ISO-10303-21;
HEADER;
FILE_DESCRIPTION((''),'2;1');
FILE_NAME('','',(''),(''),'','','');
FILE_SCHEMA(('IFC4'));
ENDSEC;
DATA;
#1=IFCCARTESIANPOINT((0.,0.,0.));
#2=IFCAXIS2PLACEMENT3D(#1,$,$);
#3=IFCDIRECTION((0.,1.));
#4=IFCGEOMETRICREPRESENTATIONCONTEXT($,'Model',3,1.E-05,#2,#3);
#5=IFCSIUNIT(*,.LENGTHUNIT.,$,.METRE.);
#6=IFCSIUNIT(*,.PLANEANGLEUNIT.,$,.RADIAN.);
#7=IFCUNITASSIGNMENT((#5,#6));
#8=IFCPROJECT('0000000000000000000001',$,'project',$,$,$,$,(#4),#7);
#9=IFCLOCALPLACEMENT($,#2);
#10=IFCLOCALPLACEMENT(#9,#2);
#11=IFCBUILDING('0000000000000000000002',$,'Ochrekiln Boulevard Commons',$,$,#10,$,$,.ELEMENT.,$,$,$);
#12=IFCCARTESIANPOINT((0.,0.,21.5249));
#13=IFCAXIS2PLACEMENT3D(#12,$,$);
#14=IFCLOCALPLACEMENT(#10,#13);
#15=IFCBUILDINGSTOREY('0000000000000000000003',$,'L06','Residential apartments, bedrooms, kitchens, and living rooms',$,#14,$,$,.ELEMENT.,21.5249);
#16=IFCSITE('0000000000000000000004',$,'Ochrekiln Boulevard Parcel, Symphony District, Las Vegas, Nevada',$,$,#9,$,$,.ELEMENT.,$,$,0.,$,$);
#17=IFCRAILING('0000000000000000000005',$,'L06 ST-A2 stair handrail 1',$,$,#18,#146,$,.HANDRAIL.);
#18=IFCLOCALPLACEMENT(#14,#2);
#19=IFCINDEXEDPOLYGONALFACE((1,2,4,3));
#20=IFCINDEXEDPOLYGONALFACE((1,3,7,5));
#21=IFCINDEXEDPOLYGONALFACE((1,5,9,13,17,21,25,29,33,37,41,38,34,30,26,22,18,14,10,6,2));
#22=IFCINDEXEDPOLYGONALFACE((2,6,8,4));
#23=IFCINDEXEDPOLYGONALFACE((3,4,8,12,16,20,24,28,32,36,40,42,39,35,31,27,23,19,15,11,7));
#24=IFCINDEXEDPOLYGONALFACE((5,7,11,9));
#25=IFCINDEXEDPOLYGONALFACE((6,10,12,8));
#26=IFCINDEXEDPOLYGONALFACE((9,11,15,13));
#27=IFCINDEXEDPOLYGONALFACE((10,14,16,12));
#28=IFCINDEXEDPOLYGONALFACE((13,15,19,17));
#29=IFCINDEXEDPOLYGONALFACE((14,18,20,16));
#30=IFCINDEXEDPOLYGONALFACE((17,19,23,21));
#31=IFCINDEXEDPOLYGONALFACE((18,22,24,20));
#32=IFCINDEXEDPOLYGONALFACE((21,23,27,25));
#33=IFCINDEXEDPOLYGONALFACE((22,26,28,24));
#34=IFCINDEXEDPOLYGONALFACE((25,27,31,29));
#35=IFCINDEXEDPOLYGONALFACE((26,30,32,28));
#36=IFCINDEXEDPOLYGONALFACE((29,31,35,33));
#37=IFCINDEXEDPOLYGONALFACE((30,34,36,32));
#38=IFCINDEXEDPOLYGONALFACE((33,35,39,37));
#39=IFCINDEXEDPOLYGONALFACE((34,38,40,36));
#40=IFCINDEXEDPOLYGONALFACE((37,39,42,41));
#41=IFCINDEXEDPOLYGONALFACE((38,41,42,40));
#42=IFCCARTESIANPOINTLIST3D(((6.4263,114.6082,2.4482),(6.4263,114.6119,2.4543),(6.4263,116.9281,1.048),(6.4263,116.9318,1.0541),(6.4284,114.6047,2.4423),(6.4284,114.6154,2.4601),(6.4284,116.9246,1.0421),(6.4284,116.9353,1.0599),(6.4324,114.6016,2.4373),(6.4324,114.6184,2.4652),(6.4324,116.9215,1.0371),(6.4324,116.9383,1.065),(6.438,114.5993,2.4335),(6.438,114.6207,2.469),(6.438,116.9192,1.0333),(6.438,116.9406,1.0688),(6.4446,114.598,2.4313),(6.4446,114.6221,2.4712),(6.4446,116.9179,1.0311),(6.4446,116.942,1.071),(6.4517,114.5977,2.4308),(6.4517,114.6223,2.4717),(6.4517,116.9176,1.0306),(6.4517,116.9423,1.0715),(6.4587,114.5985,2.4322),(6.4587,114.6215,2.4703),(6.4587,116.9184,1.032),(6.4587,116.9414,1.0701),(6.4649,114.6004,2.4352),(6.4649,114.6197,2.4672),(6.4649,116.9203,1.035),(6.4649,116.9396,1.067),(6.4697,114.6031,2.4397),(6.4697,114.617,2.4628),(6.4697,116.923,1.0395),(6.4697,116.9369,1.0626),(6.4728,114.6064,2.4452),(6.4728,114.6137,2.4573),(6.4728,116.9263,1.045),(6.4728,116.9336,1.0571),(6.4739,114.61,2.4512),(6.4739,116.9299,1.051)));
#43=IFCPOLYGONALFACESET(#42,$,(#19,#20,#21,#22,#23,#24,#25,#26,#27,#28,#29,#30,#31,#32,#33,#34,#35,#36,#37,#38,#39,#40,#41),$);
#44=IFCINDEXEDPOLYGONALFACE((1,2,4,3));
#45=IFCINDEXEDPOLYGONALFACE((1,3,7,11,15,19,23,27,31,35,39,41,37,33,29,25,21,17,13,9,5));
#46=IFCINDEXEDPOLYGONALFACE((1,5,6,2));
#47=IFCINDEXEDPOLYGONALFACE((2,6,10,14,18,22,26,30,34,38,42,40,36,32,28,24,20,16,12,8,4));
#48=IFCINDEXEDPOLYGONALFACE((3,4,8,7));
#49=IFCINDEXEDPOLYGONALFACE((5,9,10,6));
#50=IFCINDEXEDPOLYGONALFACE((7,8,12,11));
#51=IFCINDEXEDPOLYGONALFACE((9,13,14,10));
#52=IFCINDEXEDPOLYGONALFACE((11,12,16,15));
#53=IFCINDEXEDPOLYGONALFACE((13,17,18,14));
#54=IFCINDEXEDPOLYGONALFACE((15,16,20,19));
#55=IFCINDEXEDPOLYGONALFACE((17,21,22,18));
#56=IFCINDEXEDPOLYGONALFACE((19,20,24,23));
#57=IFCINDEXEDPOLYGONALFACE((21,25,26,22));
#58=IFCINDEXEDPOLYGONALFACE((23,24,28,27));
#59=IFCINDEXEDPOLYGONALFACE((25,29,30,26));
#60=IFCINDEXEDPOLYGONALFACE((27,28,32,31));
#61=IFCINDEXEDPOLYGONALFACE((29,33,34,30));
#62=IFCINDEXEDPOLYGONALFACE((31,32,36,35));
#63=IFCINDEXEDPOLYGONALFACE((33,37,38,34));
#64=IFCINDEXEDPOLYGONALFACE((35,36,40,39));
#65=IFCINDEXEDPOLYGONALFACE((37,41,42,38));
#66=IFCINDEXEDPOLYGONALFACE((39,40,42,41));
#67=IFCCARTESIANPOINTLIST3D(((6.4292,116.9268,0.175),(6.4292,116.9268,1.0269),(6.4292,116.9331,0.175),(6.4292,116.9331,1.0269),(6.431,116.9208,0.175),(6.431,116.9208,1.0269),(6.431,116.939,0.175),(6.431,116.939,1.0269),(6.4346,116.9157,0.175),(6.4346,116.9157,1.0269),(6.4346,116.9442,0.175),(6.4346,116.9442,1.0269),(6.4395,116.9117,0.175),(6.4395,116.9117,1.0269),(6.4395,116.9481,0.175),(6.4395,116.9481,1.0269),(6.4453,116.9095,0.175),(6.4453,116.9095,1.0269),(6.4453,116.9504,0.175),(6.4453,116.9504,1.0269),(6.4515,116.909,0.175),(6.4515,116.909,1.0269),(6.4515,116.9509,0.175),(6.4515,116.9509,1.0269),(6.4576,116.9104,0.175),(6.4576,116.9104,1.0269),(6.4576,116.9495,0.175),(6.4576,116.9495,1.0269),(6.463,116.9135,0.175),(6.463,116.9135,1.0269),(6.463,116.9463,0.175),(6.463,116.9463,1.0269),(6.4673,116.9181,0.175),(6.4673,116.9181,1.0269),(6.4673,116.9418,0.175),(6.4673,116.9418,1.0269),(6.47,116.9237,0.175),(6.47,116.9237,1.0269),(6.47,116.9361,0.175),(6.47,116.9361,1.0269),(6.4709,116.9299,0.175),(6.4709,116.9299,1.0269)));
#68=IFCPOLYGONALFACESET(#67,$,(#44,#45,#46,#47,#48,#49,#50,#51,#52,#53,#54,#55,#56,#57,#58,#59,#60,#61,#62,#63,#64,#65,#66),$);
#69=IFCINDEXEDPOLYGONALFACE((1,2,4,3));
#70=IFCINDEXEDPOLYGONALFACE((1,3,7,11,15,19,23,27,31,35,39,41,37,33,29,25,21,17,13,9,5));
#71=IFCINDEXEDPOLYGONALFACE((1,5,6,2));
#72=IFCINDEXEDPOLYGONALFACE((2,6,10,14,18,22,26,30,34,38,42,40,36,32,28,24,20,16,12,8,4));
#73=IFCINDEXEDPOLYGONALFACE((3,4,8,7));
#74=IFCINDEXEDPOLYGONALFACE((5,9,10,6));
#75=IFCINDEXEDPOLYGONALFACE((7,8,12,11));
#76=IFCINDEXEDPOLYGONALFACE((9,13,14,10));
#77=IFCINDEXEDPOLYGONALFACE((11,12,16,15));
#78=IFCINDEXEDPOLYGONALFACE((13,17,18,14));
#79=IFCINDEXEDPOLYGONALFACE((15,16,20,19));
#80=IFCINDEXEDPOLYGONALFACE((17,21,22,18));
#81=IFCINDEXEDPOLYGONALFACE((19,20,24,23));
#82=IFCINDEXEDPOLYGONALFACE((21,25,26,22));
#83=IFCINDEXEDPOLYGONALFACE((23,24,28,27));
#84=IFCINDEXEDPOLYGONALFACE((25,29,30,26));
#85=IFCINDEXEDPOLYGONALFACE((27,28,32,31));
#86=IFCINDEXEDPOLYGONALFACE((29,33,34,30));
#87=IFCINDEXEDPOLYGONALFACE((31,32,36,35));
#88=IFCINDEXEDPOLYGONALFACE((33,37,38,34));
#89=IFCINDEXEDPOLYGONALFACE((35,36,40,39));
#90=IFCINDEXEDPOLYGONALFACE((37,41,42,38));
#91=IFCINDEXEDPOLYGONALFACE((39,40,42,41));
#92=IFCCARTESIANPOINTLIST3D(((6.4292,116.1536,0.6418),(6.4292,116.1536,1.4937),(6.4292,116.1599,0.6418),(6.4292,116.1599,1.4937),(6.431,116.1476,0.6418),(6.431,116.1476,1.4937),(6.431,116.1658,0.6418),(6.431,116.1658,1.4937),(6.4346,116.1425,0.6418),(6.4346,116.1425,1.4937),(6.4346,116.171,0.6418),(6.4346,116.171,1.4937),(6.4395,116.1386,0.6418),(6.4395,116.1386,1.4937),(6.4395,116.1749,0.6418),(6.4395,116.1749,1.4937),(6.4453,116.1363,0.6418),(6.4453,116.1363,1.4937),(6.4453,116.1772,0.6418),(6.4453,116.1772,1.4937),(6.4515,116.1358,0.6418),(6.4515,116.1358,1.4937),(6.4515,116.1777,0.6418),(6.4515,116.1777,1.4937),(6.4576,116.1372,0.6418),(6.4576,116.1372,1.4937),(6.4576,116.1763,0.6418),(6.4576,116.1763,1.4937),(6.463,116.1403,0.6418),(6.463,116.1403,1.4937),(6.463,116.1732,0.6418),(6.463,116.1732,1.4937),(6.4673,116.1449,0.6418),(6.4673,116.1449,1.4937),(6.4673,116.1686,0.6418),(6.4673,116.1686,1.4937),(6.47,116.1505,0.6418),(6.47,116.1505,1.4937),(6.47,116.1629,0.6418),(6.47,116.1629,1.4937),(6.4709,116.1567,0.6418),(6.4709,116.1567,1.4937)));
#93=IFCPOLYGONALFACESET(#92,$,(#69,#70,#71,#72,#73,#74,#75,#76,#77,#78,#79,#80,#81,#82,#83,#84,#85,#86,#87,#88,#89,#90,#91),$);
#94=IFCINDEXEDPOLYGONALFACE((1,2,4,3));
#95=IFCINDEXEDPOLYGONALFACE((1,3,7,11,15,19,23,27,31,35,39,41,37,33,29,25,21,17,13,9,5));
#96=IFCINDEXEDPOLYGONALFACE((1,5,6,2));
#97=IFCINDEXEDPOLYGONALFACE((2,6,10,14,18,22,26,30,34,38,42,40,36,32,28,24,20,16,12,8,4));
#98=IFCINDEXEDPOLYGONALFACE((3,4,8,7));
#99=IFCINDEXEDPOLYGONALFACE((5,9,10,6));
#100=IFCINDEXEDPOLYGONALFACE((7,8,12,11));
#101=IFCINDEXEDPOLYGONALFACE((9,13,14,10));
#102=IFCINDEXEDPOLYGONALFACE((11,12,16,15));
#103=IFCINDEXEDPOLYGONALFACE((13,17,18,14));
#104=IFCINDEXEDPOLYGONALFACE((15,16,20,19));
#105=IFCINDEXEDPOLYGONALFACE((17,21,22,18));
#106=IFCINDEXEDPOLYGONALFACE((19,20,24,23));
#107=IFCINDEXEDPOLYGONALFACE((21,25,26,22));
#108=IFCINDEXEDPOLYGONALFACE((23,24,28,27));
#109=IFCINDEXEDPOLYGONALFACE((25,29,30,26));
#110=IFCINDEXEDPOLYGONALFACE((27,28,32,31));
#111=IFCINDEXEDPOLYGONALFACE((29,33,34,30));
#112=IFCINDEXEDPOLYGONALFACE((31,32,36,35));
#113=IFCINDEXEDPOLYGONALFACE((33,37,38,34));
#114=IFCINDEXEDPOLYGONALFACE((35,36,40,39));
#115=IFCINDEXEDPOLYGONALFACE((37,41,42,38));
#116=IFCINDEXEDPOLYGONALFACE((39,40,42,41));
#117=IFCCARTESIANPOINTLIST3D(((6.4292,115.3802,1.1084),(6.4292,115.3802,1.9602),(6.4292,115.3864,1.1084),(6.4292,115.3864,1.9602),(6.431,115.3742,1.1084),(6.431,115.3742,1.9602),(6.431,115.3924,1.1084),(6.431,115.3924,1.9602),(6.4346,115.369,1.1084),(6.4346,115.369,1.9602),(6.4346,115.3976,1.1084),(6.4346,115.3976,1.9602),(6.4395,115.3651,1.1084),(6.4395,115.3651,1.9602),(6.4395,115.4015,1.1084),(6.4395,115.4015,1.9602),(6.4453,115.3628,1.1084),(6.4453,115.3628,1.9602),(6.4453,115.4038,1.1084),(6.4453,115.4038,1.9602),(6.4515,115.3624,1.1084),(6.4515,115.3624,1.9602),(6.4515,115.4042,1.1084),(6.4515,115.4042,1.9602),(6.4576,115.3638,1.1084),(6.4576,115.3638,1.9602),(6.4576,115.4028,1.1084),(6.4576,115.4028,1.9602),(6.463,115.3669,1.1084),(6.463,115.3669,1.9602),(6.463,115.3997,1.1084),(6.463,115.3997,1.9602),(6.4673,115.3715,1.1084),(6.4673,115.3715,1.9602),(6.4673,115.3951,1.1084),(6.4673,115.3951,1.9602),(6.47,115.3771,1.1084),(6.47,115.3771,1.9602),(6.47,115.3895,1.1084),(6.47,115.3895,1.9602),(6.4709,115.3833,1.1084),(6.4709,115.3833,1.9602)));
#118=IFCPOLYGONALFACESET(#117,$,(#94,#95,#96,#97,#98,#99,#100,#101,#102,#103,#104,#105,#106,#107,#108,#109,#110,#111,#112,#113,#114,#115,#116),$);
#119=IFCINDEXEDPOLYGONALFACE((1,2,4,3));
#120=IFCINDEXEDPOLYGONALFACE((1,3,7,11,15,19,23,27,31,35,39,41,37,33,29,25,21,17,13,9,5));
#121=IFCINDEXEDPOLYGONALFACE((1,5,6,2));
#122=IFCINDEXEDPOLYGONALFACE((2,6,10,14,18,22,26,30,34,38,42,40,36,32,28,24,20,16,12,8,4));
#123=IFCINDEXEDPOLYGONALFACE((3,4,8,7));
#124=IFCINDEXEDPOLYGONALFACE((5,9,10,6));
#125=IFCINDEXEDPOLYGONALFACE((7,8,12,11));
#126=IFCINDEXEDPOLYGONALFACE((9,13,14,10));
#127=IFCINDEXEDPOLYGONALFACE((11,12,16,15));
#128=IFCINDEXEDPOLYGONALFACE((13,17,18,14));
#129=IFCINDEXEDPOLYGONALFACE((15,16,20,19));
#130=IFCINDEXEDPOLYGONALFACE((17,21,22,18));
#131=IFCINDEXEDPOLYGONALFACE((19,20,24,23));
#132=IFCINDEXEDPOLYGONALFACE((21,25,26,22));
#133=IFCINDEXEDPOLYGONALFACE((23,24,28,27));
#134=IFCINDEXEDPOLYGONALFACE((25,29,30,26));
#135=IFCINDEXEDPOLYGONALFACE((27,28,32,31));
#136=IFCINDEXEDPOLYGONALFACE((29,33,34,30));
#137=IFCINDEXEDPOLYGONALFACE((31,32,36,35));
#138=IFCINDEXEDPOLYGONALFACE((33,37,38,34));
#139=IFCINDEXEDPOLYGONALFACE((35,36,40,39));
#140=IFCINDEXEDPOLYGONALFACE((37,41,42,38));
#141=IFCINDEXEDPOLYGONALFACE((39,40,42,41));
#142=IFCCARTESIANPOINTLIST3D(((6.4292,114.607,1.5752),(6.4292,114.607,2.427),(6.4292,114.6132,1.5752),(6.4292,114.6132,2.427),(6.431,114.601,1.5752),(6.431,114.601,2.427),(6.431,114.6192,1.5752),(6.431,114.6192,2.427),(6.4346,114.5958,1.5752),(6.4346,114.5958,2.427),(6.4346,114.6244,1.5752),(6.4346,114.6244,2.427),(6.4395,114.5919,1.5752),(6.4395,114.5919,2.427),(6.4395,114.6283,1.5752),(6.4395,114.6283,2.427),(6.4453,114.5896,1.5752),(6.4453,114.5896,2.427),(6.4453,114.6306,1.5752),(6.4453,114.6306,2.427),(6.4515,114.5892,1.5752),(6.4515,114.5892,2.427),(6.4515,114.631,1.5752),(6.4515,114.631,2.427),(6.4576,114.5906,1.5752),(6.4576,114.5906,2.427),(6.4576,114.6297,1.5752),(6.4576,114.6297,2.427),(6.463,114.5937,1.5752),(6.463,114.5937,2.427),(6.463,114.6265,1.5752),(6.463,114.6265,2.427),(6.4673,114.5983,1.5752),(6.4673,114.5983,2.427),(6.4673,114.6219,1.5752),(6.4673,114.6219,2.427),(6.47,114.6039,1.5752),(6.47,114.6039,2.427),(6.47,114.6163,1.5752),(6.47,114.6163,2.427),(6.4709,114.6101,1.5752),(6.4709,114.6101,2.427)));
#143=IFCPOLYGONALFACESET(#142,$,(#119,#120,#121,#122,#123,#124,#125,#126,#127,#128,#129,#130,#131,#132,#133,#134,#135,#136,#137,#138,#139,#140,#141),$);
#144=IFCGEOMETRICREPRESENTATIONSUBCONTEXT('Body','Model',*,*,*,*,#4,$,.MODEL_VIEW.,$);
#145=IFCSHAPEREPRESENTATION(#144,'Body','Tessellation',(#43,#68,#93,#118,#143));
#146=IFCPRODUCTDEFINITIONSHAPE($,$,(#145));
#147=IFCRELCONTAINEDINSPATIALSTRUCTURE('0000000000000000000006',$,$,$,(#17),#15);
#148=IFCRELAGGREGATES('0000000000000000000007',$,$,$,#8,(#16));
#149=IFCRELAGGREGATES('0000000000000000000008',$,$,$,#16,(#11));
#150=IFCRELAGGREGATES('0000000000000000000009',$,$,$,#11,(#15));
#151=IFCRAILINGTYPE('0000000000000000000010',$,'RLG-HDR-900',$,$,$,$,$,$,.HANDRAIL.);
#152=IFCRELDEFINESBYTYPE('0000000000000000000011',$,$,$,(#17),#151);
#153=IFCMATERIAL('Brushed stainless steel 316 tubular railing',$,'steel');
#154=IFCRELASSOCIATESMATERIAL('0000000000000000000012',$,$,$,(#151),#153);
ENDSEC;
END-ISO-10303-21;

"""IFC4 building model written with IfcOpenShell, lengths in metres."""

from ifc_helpers import new_model, si_unit, direction, frame, origin, origin_2d, place, context, subcontext, project, spatial, circle, extrude, material, type_object, element, save


model = new_model("IFC4")

# Units and contexts
model_context = context("Model", 3, precision=1e-05, world=origin(), true_north=direction((0.0, 1.0)))
body_context = subcontext(model_context, "Body", "Model", "MODEL_VIEW")
ifc_project = project(units=[si_unit("LENGTHUNIT", "METRE"), si_unit("PLANEANGLEUNIT", "RADIAN")], contexts=[model_context])

# Site, building, storey
site_placement = place(None, origin())
site = spatial("IfcSite", under=ifc_project, at=site_placement, Name="Ochrekiln Boulevard Parcel, Symphony District, Las Vegas, Nevada", CompositionType="ELEMENT", RefElevation=0.0)
building_placement = place(site_placement, origin())
building = spatial("IfcBuilding", under=site, at=building_placement, Name="Ochrekiln Boulevard Commons", CompositionType="ELEMENT")
storey_placement = place(building_placement, frame((0.0, 0.0, 21.5249)))
storey = spatial("IfcBuildingStorey", under=building, at=storey_placement, Name="L06", Description="Residential apartments, bedrooms, kitchens, and living rooms", CompositionType="ELEMENT", Elevation=21.5249)

# Railing
ifc_material_1 = material(Name="Brushed stainless steel 316 tubular railing", Category="steel")
railing_type_1 = type_object("IfcRailingType", Name="RLG-HDR-900", PredefinedType="HANDRAIL", material=ifc_material_1)
railing_1_placement = place(storey_placement, frame((6.45, 116.9299, 0.175)))
element("IfcRailing", 1, at=railing_1_placement, inside=storey, type_object=railing_type_1, Name="L06 ST-A2 stair handrail 1", PredefinedType="HANDRAIL", context=body_context, shape_type="SweptSolid", body=[
    extrude(circle(Radius=0.0239, at=origin_2d()), frame((0.0, 0.0, 0.876), z_axis=(0.0, -0.856146, 0.516733), x_axis=(1.0, 0.0, 0.0)), (0.0, 0.0, 1.0), 2.7097),
    extrude(circle(Radius=0.021, at=origin_2d()), origin(), (0.0, 0.0, 1.0), 0.8518),
    extrude(circle(Radius=0.021, at=origin_2d()), frame((0.0, -0.7732, 0.4668)), (0.0, 0.0, 1.0), 0.8518),
    extrude(circle(Radius=0.021, at=origin_2d()), frame((0.0, -1.5466, 0.9333)), (0.0, 0.0, 1.0), 0.8518),
    extrude(circle(Radius=0.021, at=origin_2d()), frame((0.0, -2.3198, 1.4001)), (0.0, 0.0, 1.0), 0.8518),
])

save(model, "model.ifc")
